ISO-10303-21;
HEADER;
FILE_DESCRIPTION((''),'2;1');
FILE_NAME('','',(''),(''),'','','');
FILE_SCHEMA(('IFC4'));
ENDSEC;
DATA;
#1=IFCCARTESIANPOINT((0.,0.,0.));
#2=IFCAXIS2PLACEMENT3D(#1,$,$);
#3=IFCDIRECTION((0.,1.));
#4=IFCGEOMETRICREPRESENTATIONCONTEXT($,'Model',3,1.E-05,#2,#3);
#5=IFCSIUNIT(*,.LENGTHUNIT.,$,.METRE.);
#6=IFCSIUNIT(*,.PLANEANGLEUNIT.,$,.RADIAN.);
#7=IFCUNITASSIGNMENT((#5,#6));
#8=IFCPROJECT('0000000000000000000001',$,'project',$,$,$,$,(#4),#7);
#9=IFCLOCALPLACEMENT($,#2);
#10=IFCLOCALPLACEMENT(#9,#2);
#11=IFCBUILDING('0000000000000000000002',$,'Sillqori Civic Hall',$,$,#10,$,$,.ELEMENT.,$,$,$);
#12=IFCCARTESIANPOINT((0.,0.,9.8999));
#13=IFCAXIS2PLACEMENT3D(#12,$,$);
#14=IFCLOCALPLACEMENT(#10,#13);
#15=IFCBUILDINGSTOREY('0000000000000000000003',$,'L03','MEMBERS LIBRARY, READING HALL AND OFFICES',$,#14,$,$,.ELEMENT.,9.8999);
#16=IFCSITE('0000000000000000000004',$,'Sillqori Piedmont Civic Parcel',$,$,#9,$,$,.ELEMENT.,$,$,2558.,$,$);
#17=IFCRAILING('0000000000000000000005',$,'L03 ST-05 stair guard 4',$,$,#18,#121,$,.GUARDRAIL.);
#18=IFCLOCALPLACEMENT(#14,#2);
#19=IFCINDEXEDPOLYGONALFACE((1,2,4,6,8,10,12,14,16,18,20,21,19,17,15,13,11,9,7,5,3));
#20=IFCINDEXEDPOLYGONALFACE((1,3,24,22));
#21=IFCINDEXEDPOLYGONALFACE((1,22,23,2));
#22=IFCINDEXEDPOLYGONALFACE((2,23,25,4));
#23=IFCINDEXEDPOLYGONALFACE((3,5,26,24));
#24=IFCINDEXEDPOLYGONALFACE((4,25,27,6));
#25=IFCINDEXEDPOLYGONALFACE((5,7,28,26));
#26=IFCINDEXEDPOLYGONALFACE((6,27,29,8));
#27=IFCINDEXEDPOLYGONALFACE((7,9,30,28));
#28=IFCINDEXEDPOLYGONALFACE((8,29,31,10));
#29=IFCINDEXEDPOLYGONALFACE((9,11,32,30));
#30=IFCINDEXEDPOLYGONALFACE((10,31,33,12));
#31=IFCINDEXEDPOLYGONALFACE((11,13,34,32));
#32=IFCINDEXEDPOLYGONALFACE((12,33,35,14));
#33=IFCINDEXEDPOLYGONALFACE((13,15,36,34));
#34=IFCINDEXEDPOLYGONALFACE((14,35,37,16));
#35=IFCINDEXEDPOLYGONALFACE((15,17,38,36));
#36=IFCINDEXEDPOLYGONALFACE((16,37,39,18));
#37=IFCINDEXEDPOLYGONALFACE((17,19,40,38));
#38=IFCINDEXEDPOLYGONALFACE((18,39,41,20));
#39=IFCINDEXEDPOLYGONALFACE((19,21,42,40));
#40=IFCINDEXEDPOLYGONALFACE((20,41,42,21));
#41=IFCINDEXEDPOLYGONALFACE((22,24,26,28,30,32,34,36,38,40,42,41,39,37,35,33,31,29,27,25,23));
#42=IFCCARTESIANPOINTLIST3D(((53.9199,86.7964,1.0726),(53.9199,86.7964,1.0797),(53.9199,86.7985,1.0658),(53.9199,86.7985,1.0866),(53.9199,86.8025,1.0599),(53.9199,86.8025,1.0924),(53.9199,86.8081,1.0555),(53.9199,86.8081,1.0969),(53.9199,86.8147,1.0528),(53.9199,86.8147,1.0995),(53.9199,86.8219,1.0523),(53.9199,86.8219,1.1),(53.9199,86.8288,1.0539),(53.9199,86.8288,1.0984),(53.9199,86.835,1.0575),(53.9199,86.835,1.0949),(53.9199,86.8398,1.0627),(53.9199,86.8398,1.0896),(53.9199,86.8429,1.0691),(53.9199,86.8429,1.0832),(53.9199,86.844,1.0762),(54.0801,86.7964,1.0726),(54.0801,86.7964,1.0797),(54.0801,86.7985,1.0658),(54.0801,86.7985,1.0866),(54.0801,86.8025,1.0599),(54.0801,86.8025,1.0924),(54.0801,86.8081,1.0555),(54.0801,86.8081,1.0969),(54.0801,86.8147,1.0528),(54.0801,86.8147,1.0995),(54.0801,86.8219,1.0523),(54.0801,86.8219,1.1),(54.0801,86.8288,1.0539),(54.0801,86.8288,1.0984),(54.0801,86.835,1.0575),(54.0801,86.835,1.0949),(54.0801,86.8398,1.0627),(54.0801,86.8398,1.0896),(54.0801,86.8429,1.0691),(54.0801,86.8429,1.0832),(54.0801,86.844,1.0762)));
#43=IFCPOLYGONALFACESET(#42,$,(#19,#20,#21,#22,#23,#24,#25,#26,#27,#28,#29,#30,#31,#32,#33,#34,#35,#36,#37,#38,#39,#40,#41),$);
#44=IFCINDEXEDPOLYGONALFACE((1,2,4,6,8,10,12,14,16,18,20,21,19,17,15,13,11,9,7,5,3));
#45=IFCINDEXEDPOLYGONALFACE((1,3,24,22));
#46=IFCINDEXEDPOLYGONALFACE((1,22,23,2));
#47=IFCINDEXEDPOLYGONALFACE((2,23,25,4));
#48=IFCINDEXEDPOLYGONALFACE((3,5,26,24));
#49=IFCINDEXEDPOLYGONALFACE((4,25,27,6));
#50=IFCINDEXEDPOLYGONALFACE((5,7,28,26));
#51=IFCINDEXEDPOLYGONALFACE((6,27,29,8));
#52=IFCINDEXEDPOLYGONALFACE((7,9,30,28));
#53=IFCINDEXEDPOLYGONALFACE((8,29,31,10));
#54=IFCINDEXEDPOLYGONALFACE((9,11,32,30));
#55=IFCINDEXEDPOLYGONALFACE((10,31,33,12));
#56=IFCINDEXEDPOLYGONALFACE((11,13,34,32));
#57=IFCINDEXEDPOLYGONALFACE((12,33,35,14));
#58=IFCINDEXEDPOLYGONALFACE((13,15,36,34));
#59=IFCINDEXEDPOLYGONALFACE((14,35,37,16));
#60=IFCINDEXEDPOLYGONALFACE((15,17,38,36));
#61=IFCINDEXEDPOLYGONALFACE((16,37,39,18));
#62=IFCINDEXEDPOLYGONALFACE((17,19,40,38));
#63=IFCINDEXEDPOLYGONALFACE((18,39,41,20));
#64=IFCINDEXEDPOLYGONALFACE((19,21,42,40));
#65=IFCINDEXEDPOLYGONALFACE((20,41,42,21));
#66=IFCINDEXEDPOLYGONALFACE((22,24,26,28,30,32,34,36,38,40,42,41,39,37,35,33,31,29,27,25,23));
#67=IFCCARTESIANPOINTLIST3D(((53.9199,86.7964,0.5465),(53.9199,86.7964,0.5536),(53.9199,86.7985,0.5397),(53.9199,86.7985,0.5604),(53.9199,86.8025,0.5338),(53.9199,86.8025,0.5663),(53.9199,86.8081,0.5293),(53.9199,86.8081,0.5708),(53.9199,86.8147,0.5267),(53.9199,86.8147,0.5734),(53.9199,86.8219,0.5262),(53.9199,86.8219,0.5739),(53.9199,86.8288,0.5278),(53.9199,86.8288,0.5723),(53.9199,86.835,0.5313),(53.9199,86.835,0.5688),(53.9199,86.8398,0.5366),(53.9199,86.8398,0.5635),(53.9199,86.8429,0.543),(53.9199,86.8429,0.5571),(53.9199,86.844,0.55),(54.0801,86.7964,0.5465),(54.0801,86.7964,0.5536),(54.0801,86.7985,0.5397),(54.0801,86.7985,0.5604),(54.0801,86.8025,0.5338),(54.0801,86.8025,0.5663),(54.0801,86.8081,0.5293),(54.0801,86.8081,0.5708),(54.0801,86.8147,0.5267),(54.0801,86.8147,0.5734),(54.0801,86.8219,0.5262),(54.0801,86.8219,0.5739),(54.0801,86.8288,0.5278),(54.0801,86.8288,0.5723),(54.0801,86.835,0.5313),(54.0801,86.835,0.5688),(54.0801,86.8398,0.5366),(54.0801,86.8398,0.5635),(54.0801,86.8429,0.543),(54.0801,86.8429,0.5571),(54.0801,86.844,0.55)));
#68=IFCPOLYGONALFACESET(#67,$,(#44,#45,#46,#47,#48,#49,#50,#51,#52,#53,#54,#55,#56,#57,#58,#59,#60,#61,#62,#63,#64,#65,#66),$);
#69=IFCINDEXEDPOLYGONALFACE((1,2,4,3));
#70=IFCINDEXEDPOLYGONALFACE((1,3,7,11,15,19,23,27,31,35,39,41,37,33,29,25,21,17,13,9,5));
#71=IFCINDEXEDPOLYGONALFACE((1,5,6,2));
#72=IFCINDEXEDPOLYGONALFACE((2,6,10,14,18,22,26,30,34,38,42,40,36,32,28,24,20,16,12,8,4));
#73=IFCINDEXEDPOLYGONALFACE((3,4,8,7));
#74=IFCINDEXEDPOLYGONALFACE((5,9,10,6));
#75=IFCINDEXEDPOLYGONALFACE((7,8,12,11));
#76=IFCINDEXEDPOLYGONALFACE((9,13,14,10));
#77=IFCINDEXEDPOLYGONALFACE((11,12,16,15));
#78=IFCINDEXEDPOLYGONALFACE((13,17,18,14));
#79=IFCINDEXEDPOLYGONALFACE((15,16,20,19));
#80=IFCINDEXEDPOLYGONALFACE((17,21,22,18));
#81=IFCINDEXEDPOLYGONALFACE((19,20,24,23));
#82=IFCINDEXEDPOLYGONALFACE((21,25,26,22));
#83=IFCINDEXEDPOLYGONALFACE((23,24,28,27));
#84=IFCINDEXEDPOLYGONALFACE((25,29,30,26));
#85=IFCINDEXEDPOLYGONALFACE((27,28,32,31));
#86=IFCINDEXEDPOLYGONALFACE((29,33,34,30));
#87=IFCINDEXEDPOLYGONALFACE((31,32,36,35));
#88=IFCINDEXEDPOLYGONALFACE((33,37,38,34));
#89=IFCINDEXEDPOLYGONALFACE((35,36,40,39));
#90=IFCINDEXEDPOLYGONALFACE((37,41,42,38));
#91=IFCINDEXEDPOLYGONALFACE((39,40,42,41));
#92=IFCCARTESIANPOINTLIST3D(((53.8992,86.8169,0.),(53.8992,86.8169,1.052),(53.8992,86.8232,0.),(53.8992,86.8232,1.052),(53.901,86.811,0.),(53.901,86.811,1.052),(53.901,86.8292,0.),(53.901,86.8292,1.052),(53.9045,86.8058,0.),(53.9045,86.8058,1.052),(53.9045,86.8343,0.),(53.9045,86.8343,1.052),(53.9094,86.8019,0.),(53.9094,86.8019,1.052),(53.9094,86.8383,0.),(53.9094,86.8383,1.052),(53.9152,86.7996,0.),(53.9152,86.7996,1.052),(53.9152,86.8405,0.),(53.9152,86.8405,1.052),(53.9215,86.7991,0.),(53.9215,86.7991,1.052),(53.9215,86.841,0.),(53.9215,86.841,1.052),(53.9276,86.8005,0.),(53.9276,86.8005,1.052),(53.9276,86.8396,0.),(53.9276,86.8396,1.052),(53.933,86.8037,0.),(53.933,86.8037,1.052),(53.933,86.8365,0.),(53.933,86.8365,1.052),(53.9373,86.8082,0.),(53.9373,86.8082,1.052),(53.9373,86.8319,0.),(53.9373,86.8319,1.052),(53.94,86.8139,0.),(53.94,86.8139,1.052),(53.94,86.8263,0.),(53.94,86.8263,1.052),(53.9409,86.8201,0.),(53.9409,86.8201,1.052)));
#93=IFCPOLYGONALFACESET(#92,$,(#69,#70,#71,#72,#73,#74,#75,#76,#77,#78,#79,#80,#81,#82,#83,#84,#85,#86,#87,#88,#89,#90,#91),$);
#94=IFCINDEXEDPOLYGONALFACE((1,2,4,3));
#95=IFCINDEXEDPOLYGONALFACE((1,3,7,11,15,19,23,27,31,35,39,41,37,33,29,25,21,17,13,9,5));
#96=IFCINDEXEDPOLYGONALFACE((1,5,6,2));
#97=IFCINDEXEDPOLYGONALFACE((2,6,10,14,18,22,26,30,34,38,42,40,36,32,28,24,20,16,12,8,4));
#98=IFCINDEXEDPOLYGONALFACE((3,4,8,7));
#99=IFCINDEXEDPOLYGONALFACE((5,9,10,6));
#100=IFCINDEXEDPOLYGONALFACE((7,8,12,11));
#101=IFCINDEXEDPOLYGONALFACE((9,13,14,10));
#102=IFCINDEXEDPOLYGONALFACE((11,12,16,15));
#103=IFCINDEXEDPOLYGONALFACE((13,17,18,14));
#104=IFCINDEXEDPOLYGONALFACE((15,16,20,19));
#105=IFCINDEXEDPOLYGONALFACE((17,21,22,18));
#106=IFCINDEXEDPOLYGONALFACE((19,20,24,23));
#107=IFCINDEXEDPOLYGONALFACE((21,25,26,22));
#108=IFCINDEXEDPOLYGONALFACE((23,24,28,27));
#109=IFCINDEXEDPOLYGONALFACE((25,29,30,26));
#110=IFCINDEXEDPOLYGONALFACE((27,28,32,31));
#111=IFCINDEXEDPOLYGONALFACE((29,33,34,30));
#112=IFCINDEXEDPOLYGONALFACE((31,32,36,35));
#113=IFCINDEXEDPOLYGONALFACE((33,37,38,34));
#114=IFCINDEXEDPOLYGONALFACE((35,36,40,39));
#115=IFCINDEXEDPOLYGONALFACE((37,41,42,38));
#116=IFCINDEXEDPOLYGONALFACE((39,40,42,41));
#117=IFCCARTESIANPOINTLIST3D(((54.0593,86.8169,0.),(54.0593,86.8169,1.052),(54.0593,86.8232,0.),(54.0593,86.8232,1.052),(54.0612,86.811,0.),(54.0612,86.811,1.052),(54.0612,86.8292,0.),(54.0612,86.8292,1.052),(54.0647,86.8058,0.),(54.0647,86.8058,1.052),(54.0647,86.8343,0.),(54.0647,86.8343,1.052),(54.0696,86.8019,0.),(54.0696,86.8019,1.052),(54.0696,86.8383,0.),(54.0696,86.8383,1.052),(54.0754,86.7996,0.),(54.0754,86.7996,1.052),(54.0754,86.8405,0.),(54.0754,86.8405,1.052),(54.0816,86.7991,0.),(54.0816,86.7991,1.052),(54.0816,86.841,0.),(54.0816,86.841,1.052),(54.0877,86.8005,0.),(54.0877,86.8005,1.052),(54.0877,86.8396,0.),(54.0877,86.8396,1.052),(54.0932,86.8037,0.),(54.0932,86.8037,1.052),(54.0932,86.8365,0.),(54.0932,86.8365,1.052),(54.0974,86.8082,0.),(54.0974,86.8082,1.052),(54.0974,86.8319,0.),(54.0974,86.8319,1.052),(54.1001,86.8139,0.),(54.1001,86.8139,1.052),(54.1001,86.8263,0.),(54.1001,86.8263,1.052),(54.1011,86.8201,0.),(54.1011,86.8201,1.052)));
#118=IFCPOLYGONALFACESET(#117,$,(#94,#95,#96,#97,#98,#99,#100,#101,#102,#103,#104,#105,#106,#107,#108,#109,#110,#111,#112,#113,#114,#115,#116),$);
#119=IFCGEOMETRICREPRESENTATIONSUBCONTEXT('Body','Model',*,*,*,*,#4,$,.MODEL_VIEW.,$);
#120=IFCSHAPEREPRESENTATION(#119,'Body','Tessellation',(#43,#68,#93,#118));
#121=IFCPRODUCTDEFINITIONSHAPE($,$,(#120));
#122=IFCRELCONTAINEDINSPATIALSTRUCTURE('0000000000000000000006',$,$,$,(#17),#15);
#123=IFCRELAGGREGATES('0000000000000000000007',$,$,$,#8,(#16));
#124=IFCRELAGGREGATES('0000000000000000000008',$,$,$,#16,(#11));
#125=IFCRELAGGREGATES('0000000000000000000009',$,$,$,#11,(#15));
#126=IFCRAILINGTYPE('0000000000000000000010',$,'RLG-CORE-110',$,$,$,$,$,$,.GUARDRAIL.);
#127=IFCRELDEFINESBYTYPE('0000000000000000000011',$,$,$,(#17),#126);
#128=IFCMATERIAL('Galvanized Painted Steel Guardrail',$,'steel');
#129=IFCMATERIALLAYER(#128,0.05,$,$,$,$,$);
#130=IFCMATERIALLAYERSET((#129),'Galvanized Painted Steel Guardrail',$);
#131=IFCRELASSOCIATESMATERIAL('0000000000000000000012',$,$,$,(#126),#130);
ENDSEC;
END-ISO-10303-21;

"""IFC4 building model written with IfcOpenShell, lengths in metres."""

from ifc_helpers import new_model, si_unit, direction, frame, origin, origin_2d, place, context, subcontext, project, spatial, circle, extrude, material, layer, layer_set, type_object, element, save


model = new_model("IFC4")

# Units and contexts
model_context = context("Model", 3, precision=1e-05, world=origin(), true_north=direction((0.0, 1.0)))
body_context = subcontext(model_context, "Body", "Model", "MODEL_VIEW")
ifc_project = project(units=[si_unit("LENGTHUNIT", "METRE"), si_unit("PLANEANGLEUNIT", "RADIAN")], contexts=[model_context])

# Site, building, storey
site_placement = place(None, origin())
site = spatial("IfcSite", under=ifc_project, at=site_placement, Name="Sillqori Piedmont Civic Parcel", CompositionType="ELEMENT", RefElevation=2558.0)
building_placement = place(site_placement, origin())
building = spatial("IfcBuilding", under=site, at=building_placement, Name="Sillqori Civic Hall", CompositionType="ELEMENT")
storey_placement = place(building_placement, frame((0.0, 0.0, 9.8999)))
storey = spatial("IfcBuildingStorey", under=building, at=storey_placement, Name="L03", Description="MEMBERS LIBRARY, READING HALL AND OFFICES", CompositionType="ELEMENT", Elevation=9.8999)

# Railing
ifc_material_1 = material(Name="Galvanized Painted Steel Guardrail", Category="steel")
ifc_layer_1 = layer(ifc_material_1, 0.05)
ifc_layer_set_1 = layer_set([ifc_layer_1], Name="Galvanized Painted Steel Guardrail")
railing_type_1 = type_object("IfcRailingType", Name="RLG-CORE-110", PredefinedType="GUARDRAIL", material=ifc_layer_set_1)
railing_1_placement = place(storey_placement, frame((53.9199, 86.8201, 0.0)))
element("IfcRailing", 1, at=railing_1_placement, inside=storey, type_object=railing_type_1, Name="L03 ST-05 stair guard 4", PredefinedType="GUARDRAIL", context=body_context, shape_type="SweptSolid", body=[
    extrude(circle(Radius=0.0239, at=origin_2d()), frame((0.0, 0.0, 1.0762), z_axis=(1.0, 0.0, 0.0), x_axis=(0.0, 1.0, 0.0)), (0.0, 0.0, 1.0), 0.1602),
    extrude(circle(Radius=0.0239, at=origin_2d()), frame((0.0, 0.0, 0.55), z_axis=(1.0, 0.0, 0.0), x_axis=(0.0, 1.0, 0.0)), (0.0, 0.0, 1.0), 0.1602),
    extrude(circle(Radius=0.021, at=origin_2d()), origin(), (0.0, 0.0, 1.0), 1.052),
    extrude(circle(Radius=0.021, at=origin_2d()), frame((0.1602, 0.0, 0.0)), (0.0, 0.0, 1.0), 1.052),
])

save(model, "model.ifc")
